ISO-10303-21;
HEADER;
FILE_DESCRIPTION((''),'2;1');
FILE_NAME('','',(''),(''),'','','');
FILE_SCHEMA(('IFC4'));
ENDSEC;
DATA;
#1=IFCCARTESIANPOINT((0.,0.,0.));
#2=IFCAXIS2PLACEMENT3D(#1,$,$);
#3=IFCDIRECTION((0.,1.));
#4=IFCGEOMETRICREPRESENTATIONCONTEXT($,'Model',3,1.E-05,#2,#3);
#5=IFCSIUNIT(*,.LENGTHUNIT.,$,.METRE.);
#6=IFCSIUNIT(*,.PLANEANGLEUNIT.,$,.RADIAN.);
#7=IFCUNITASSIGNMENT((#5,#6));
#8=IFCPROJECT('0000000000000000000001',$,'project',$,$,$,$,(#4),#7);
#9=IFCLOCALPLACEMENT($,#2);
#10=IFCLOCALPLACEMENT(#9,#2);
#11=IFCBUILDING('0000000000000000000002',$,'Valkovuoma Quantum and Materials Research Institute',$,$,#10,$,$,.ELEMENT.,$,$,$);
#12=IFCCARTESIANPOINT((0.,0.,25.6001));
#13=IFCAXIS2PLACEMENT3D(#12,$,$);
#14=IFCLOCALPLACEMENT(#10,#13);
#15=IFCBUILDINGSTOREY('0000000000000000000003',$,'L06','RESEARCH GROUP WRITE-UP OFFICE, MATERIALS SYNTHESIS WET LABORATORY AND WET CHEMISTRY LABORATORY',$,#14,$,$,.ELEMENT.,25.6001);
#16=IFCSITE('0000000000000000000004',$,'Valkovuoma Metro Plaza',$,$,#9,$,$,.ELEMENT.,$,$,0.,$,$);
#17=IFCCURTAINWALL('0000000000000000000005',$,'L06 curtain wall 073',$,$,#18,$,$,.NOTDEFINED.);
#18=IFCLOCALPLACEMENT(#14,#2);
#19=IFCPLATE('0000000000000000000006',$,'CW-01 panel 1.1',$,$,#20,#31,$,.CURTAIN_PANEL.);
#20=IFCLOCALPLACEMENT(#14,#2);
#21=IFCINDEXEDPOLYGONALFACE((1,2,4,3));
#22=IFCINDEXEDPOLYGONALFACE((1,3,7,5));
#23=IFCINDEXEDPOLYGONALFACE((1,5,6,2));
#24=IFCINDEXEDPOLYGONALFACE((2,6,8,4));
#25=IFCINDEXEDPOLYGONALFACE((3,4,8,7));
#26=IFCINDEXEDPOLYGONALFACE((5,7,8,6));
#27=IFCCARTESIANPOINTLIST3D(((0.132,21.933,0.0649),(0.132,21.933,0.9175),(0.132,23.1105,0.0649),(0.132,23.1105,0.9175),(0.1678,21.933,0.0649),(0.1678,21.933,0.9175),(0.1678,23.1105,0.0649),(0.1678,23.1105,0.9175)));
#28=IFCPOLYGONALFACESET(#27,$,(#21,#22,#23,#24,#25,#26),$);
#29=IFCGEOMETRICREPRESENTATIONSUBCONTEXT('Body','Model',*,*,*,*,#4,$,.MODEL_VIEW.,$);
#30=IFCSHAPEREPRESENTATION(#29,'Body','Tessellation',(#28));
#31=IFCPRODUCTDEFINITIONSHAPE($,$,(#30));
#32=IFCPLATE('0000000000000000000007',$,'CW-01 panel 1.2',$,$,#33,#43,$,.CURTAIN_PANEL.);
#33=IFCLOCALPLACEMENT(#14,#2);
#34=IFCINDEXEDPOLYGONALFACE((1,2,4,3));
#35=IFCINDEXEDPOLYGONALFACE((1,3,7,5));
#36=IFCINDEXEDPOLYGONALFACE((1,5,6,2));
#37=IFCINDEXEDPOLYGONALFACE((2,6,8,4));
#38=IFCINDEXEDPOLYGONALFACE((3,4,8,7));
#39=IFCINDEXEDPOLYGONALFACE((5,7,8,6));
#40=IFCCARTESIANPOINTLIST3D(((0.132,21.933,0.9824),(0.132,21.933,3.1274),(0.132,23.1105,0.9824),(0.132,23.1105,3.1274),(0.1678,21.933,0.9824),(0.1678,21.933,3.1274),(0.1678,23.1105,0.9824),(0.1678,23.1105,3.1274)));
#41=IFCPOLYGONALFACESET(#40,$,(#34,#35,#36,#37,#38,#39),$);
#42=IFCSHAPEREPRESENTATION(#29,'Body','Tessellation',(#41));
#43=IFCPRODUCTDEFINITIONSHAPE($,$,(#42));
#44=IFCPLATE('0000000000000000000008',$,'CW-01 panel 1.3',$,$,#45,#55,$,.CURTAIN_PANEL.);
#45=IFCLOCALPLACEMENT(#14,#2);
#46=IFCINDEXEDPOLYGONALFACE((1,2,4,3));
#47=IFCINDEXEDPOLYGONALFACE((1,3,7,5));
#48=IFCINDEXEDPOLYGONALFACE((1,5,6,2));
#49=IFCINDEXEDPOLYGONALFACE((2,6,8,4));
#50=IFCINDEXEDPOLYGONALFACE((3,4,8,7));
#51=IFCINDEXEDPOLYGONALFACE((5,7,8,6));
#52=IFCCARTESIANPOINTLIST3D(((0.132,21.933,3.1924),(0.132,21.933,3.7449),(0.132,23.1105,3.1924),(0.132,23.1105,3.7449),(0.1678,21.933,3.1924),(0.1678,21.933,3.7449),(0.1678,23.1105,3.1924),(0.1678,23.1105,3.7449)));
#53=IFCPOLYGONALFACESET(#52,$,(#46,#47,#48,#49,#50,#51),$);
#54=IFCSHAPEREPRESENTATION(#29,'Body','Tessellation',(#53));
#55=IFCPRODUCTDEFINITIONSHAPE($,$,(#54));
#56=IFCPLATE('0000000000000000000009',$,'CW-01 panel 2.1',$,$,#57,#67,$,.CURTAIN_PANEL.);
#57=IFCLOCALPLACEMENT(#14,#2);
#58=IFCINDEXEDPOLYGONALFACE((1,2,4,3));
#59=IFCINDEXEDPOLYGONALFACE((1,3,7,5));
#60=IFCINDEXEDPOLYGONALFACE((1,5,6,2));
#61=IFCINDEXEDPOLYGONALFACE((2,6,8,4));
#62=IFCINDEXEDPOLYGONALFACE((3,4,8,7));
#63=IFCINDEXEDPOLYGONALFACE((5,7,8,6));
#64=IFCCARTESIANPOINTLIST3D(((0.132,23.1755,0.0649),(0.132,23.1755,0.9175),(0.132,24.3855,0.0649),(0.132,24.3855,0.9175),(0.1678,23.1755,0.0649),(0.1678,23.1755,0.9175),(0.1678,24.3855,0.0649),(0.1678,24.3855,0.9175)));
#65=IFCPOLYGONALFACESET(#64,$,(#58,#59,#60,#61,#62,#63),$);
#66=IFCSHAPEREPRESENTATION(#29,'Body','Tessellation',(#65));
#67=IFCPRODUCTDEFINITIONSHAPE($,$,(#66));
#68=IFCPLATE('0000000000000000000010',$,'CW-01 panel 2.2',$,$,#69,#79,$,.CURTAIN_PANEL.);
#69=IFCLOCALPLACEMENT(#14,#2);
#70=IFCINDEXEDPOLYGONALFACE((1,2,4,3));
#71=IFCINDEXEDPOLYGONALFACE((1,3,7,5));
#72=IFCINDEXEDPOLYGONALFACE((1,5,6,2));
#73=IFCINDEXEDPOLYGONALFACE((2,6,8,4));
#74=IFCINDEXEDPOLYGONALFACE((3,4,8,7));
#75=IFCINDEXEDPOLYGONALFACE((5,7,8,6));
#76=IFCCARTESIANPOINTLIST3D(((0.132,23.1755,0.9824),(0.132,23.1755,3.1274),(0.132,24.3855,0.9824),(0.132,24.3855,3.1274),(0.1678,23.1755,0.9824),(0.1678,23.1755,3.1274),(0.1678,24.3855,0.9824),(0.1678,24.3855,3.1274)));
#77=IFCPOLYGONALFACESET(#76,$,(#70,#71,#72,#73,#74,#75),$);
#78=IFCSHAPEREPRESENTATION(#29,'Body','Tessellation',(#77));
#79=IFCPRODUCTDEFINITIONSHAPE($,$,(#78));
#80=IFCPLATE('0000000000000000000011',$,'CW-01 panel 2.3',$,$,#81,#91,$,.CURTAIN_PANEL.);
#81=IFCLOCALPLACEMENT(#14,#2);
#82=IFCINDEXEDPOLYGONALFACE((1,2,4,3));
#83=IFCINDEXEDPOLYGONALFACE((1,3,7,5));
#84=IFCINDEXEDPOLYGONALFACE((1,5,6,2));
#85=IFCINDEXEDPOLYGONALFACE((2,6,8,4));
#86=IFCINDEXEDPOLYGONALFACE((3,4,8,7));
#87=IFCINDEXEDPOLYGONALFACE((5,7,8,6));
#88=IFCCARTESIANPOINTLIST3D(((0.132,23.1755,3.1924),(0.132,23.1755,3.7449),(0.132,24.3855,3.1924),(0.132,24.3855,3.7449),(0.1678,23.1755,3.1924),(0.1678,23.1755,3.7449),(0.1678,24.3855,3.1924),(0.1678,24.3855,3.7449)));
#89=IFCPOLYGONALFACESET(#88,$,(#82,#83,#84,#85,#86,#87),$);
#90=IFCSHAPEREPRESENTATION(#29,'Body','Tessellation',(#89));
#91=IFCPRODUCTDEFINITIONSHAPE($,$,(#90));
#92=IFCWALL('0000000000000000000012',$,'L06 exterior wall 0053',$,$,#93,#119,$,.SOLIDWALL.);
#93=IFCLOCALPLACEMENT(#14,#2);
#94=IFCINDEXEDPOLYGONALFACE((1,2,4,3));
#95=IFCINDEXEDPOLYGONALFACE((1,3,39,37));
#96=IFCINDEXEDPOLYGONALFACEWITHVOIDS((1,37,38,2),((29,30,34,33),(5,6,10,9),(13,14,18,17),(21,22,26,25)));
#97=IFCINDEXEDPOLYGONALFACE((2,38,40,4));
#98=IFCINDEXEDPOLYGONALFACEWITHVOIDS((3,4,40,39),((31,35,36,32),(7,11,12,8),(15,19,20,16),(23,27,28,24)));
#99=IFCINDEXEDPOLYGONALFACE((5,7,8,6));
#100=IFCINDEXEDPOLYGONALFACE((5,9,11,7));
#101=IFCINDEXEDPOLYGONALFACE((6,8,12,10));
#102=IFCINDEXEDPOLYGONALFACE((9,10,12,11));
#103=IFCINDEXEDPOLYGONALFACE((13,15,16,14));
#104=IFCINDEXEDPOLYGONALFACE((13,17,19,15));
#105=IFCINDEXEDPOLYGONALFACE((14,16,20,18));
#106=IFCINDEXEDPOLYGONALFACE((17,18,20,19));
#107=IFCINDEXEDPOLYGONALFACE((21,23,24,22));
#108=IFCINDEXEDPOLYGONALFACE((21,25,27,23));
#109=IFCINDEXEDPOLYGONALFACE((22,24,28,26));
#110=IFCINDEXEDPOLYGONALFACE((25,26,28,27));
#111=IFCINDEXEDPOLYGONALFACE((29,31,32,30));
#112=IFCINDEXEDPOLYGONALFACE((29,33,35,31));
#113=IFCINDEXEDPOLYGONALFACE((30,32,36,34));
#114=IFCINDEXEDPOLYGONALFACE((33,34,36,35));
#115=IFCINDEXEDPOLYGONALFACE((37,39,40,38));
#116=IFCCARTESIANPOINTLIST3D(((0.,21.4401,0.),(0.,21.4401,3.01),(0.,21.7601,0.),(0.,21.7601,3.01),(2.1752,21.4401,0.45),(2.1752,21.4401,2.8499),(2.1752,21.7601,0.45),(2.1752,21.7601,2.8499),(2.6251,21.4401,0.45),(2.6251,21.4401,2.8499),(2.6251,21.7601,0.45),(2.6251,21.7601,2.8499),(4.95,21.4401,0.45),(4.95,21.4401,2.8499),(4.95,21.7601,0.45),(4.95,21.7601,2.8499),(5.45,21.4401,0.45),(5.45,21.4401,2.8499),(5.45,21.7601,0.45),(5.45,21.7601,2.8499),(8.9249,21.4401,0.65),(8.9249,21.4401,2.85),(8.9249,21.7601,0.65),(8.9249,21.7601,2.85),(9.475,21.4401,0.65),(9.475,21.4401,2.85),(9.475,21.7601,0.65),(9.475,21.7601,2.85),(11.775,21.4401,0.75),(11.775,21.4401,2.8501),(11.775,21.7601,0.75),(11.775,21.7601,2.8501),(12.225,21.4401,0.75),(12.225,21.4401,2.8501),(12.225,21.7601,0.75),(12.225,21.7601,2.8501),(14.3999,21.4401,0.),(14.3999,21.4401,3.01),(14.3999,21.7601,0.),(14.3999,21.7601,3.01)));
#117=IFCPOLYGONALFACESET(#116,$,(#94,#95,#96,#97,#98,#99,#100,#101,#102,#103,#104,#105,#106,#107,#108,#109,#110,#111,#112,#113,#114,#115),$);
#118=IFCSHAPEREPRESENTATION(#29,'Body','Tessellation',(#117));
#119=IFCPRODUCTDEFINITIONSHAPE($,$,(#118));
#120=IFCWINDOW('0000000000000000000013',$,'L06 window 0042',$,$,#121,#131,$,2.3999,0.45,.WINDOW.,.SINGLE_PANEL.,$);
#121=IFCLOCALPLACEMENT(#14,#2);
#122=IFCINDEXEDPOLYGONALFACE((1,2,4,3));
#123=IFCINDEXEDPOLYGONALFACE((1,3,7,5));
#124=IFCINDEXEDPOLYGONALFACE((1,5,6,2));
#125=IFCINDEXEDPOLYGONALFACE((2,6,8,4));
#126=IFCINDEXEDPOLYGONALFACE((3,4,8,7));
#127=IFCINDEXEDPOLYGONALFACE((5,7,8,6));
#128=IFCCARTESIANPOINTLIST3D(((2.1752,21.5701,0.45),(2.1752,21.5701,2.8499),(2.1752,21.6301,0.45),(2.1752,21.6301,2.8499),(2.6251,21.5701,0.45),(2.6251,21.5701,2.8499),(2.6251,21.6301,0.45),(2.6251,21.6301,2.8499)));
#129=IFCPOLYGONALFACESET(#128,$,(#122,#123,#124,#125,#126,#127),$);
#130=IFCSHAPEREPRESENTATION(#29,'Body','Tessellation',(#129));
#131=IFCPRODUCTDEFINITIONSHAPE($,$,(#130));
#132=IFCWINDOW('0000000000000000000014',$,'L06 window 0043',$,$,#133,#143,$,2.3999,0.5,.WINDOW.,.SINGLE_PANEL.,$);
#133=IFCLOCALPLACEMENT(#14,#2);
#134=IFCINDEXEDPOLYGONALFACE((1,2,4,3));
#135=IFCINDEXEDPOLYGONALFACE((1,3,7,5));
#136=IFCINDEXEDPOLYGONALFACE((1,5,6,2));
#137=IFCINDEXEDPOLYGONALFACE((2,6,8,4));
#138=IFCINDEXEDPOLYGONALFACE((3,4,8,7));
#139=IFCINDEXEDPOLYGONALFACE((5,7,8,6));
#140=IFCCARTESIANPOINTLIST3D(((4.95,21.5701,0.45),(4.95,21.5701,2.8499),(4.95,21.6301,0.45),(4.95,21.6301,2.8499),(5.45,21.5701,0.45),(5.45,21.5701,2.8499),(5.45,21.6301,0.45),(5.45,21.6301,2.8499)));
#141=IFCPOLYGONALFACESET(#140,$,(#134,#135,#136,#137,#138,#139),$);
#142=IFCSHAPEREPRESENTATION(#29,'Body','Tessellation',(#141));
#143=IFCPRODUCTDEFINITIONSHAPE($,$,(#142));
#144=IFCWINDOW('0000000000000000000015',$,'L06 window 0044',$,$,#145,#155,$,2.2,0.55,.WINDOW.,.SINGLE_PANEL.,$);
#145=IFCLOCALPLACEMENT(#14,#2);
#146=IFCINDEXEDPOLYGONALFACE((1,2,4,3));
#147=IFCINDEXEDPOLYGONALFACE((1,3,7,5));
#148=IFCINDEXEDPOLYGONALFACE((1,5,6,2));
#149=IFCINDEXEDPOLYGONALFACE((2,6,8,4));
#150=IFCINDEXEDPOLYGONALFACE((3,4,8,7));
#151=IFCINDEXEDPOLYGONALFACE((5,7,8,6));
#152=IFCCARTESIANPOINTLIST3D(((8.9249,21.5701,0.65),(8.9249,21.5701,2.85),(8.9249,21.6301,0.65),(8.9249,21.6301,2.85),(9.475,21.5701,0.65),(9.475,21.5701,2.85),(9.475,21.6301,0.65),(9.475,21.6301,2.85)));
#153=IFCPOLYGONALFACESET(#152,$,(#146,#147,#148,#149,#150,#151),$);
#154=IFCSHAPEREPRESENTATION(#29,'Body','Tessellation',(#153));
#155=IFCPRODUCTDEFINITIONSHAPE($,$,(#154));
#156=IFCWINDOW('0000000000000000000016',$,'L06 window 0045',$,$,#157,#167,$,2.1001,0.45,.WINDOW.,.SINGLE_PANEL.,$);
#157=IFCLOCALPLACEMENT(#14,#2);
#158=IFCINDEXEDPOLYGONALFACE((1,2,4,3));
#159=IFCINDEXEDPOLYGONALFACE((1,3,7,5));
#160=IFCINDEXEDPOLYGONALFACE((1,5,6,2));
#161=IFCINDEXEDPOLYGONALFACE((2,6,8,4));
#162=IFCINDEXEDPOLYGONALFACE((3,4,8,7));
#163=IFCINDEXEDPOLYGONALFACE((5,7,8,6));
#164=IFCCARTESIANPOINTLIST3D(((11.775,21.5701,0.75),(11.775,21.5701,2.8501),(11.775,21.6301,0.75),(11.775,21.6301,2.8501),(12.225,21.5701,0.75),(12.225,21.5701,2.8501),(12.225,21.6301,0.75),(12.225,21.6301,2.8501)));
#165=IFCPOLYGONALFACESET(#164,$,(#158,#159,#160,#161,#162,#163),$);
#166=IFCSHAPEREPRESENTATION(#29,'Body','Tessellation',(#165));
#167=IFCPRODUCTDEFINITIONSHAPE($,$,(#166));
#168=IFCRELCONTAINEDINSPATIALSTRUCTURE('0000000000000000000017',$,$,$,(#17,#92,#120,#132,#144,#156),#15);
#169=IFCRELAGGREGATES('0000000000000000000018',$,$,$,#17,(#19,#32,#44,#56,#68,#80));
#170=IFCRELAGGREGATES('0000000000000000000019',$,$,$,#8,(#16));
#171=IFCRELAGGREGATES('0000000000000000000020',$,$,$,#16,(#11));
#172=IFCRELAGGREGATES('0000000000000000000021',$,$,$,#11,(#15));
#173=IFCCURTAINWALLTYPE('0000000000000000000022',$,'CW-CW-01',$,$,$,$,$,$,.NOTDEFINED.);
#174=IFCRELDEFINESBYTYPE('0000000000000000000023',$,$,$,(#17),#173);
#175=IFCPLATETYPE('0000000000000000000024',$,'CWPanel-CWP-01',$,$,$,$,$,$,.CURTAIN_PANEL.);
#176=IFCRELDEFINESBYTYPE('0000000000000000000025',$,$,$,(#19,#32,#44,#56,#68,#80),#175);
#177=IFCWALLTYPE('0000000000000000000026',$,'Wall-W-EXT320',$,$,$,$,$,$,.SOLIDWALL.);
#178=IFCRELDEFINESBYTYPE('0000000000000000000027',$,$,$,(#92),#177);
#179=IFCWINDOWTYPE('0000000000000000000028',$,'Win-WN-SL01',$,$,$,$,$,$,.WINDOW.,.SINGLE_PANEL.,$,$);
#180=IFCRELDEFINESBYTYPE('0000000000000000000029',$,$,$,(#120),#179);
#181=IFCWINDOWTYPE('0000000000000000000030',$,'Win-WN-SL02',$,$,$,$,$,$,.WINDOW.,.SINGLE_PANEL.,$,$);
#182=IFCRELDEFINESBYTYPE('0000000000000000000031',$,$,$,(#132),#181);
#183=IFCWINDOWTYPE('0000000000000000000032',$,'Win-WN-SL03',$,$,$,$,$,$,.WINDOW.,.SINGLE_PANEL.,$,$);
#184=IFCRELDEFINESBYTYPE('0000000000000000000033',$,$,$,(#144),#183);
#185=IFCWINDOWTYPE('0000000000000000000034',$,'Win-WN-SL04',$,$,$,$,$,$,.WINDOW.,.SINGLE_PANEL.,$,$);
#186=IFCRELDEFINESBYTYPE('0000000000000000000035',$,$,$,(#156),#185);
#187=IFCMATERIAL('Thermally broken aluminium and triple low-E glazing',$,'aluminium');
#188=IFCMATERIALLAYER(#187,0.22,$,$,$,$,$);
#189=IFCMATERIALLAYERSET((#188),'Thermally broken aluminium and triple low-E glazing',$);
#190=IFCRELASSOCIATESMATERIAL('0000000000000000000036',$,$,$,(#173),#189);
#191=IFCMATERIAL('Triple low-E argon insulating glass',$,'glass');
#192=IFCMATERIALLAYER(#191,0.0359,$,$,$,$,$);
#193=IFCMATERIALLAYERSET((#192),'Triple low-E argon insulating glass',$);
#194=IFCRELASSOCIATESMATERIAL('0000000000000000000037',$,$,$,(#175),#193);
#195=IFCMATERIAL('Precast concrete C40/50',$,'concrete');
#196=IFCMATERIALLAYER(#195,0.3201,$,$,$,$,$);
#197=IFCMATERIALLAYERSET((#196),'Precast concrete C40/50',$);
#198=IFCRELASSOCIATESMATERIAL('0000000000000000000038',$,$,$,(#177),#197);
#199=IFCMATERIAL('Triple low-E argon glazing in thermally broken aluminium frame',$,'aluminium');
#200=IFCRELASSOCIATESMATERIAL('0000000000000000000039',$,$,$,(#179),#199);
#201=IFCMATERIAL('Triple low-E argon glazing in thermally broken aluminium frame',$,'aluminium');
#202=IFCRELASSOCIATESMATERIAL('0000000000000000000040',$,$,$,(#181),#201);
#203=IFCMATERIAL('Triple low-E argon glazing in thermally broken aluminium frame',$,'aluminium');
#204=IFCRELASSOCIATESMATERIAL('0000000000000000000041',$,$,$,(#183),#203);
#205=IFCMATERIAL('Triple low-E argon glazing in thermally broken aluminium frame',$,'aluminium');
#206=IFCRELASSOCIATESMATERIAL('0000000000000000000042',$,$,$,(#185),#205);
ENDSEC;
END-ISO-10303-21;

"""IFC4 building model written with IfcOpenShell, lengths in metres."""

from ifc_helpers import new_model, si_unit, direction, frame, frame_2d, origin, origin_2d, place, context, subcontext, project, spatial, rectangle, extrude, material, layer, layer_set, type_object, element, fill, aggregate, save


model = new_model("IFC4")

# Units and contexts
model_context = context("Model", 3, precision=1e-05, world=origin(), true_north=direction((0.0, 1.0)))
body_context = subcontext(model_context, "Body", "Model", "MODEL_VIEW")
ifc_project = project(units=[si_unit("LENGTHUNIT", "METRE"), si_unit("PLANEANGLEUNIT", "RADIAN")], contexts=[model_context])

# Site, building, storey
site_placement = place(None, origin())
site = spatial("IfcSite", under=ifc_project, at=site_placement, Name="Valkovuoma Metro Plaza", CompositionType="ELEMENT", RefElevation=0.0)
building_placement = place(site_placement, origin())
building = spatial("IfcBuilding", under=site, at=building_placement, Name="Valkovuoma Quantum and Materials Research Institute", CompositionType="ELEMENT")
storey_placement = place(building_placement, frame((0.0, 0.0, 25.6001)))
storey = spatial("IfcBuildingStorey", under=building, at=storey_placement, Name="L06", Description="RESEARCH GROUP WRITE-UP OFFICE, MATERIALS SYNTHESIS WET LABORATORY AND WET CHEMISTRY LABORATORY", CompositionType="ELEMENT", Elevation=25.6001)

# Curtain wall
ifc_material_1 = material(Name="Thermally broken aluminium and triple low-E glazing", Category="aluminium")
ifc_layer_1 = layer(ifc_material_1, 0.22)
ifc_layer_set_1 = layer_set([ifc_layer_1], Name="Thermally broken aluminium and triple low-E glazing")
curtain_wall_type = type_object("IfcCurtainWallType", Name="CW-CW-01", PredefinedType="NOTDEFINED", material=ifc_layer_set_1)
curtain_wall_placement = place(storey_placement, origin())
curtain_wall = element("IfcCurtainWall", 1, at=curtain_wall_placement, inside=storey, type_object=curtain_wall_type, Name="L06 curtain wall 073", PredefinedType="NOTDEFINED")

# Plates
ifc_material_2 = material(Name="Triple low-E argon insulating glass", Category="glass")
ifc_layer_2 = layer(ifc_material_2, 0.0359)
ifc_layer_set_2 = layer_set([ifc_layer_2], Name="Triple low-E argon insulating glass")
plate_type = type_object("IfcPlateType", Name="CWPanel-CWP-01", PredefinedType="CURTAIN_PANEL", material=ifc_layer_set_2)
plate_1_placement = place(storey_placement, frame((0.1499, 22.5217, 0.0649), z_axis=(0.0, 0.0, 1.0), x_axis=(0.0, 1.0, 0.0)))
plate_1 = element("IfcPlate", 2, at=plate_1_placement, type_object=plate_type, Name="CW-01 panel 1.1", PredefinedType="CURTAIN_PANEL", context=body_context, shape_type="SweptSolid", body=[
    extrude(rectangle(XDim=1.1775, YDim=0.0359, at=origin_2d()), origin(), (0.0, 0.0, 1.0), 0.8525),
])
plate_2_placement = place(storey_placement, frame((0.1499, 22.5217, 0.9824), z_axis=(0.0, 0.0, 1.0), x_axis=(0.0, 1.0, 0.0)))
plate_2 = element("IfcPlate", 3, at=plate_2_placement, type_object=plate_type, Name="CW-01 panel 1.2", PredefinedType="CURTAIN_PANEL", context=body_context, shape_type="SweptSolid", body=[
    extrude(rectangle(XDim=1.1775, YDim=0.0359, at=origin_2d()), origin(), (0.0, 0.0, 1.0), 2.145),
])
plate_3_placement = place(storey_placement, frame((0.1499, 22.5217, 3.1924), z_axis=(0.0, 0.0, 1.0), x_axis=(0.0, 1.0, 0.0)))
plate_3 = element("IfcPlate", 4, at=plate_3_placement, type_object=plate_type, Name="CW-01 panel 1.3", PredefinedType="CURTAIN_PANEL", context=body_context, shape_type="SweptSolid", body=[
    extrude(rectangle(XDim=1.1775, YDim=0.0359, at=origin_2d()), origin(), (0.0, 0.0, 1.0), 0.5525),
])
plate_4_placement = place(storey_placement, frame((0.1499, 23.7805, 0.0649), z_axis=(0.0, 0.0, 1.0), x_axis=(0.0, 1.0, 0.0)))
plate_4 = element("IfcPlate", 5, at=plate_4_placement, type_object=plate_type, Name="CW-01 panel 2.1", PredefinedType="CURTAIN_PANEL", context=body_context, shape_type="SweptSolid", body=[
    extrude(rectangle(XDim=1.21, YDim=0.0359, at=origin_2d()), origin(), (0.0, 0.0, 1.0), 0.8525),
])
plate_5_placement = place(storey_placement, frame((0.1499, 23.7805, 0.9824), z_axis=(0.0, 0.0, 1.0), x_axis=(0.0, 1.0, 0.0)))
plate_5 = element("IfcPlate", 6, at=plate_5_placement, type_object=plate_type, Name="CW-01 panel 2.2", PredefinedType="CURTAIN_PANEL", context=body_context, shape_type="SweptSolid", body=[
    extrude(rectangle(XDim=1.21, YDim=0.0359, at=origin_2d()), origin(), (0.0, 0.0, 1.0), 2.145),
])
plate_6_placement = place(storey_placement, frame((0.1499, 23.7805, 3.1924), z_axis=(0.0, 0.0, 1.0), x_axis=(0.0, 1.0, 0.0)))
plate_6 = element("IfcPlate", 7, at=plate_6_placement, type_object=plate_type, Name="CW-01 panel 2.3", PredefinedType="CURTAIN_PANEL", context=body_context, shape_type="SweptSolid", body=[
    extrude(rectangle(XDim=1.21, YDim=0.0359, at=origin_2d()), origin(), (0.0, 0.0, 1.0), 0.5525),
])
aggregate(curtain_wall, [plate_1, plate_2, plate_3, plate_4, plate_5, plate_6])

# Wall, openings, windows
ifc_material_3 = material(Name="Precast concrete C40/50", Category="concrete")
ifc_layer_3 = layer(ifc_material_3, 0.3201)
ifc_layer_set_3 = layer_set([ifc_layer_3], Name="Precast concrete C40/50")
wall_type = type_object("IfcWallType", Name="Wall-W-EXT320", PredefinedType="SOLIDWALL", material=ifc_layer_set_3)
wall_placement = place(storey_placement, frame((0.0, 21.6001, 0.0), z_axis=(0.0, 0.0, 1.0), x_axis=(1.0, 0.0, 0.0)))
wall = element("IfcWall", 8, at=wall_placement, inside=storey, type_object=wall_type, Name="L06 exterior wall 0053", PredefinedType="SOLIDWALL", context=body_context, shape_type="SweptSolid", body=[
    extrude(rectangle(XDim=14.3999, YDim=0.3201, at=frame_2d((7.2, 0.0))), origin(), (0.0, 0.0, 1.0), 3.01),
])
opening_1_placement = place(wall_placement, frame((2.175, 0.0, 0.45)))
opening_1 = element("IfcOpeningElement", 9, at=opening_1_placement, cuts=wall, PredefinedType="OPENING", context=body_context, shape_type="SweptSolid", body=[
    extrude(rectangle(XDim=0.45, YDim=2.3999, at=frame_2d((0.2251, 1.2))), frame((0.0, 0.1699, 0.0), z_axis=(0.0, -1.0, 0.0), x_axis=(1.0, 0.0, 0.0)), (0.0, 0.0, 1.0), 0.3401),
])
opening_2_placement = place(wall_placement, frame((4.95, 0.0, 0.45)))
opening_2 = element("IfcOpeningElement", 10, at=opening_2_placement, cuts=wall, PredefinedType="OPENING", context=body_context, shape_type="SweptSolid", body=[
    extrude(rectangle(XDim=0.5, YDim=2.3999, at=frame_2d((0.25, 1.2))), frame((0.0, 0.1699, 0.0), z_axis=(0.0, -1.0, 0.0), x_axis=(1.0, 0.0, 0.0)), (0.0, 0.0, 1.0), 0.3401),
])
opening_3_placement = place(wall_placement, frame((8.925, 0.0, 0.6499)))
opening_3 = element("IfcOpeningElement", 11, at=opening_3_placement, cuts=wall, PredefinedType="OPENING", context=body_context, shape_type="SweptSolid", body=[
    extrude(rectangle(XDim=0.55, YDim=2.2, at=frame_2d((0.2749, 1.1001))), frame((0.0, 0.1699, 0.0), z_axis=(0.0, -1.0, 0.0), x_axis=(1.0, 0.0, 0.0)), (0.0, 0.0, 1.0), 0.3401),
])
opening_4_placement = place(wall_placement, frame((11.7749, 0.0, 0.75)))
opening_4 = element("IfcOpeningElement", 12, at=opening_4_placement, cuts=wall, PredefinedType="OPENING", context=body_context, shape_type="SweptSolid", body=[
    extrude(rectangle(XDim=0.45, YDim=2.1001, at=frame_2d((0.2251, 1.05))), frame((0.0, 0.1699, 0.0), z_axis=(0.0, -1.0, 0.0), x_axis=(1.0, 0.0, 0.0)), (0.0, 0.0, 1.0), 0.3401),
])
ifc_material_4 = material(Name="Triple low-E argon glazing in thermally broken aluminium frame", Category="aluminium")
window_type_1 = type_object("IfcWindowType", Name="Win-WN-SL01", PartitioningType="SINGLE_PANEL", PredefinedType="WINDOW", material=ifc_material_4)
window_1_placement = place(opening_1_placement, origin())
window_1 = element("IfcWindow", 13, at=window_1_placement, inside=storey, type_object=window_type_1, Name="L06 window 0042", OverallHeight=2.3999, OverallWidth=0.45, PartitioningType="SINGLE_PANEL", PredefinedType="WINDOW", context=body_context, shape_type="SweptSolid", body=[
    extrude(rectangle(XDim=0.45, YDim=2.3999, at=frame_2d((0.2251, 1.2))), frame((0.0, 0.03, 0.0), z_axis=(0.0, -1.0, 0.0), x_axis=(1.0, 0.0, 0.0)), (0.0, 0.0, 1.0), 0.0601),
])
fill(opening_1, window_1)
ifc_material_5 = material(Name="Triple low-E argon glazing in thermally broken aluminium frame", Category="aluminium")
window_type_2 = type_object("IfcWindowType", Name="Win-WN-SL02", PartitioningType="SINGLE_PANEL", PredefinedType="WINDOW", material=ifc_material_5)
window_2_placement = place(opening_2_placement, origin())
window_2 = element("IfcWindow", 14, at=window_2_placement, inside=storey, type_object=window_type_2, Name="L06 window 0043", OverallHeight=2.3999, OverallWidth=0.5, PartitioningType="SINGLE_PANEL", PredefinedType="WINDOW", context=body_context, shape_type="SweptSolid", body=[
    extrude(rectangle(XDim=0.5, YDim=2.3999, at=frame_2d((0.25, 1.2))), frame((0.0, 0.03, 0.0), z_axis=(0.0, -1.0, 0.0), x_axis=(1.0, 0.0, 0.0)), (0.0, 0.0, 1.0), 0.0601),
])
fill(opening_2, window_2)
ifc_material_6 = material(Name="Triple low-E argon glazing in thermally broken aluminium frame", Category="aluminium")
window_type_3 = type_object("IfcWindowType", Name="Win-WN-SL03", PartitioningType="SINGLE_PANEL", PredefinedType="WINDOW", material=ifc_material_6)
window_3_placement = place(opening_3_placement, origin())
window_3 = element("IfcWindow", 15, at=window_3_placement, inside=storey, type_object=window_type_3, Name="L06 window 0044", OverallHeight=2.2, OverallWidth=0.55, PartitioningType="SINGLE_PANEL", PredefinedType="WINDOW", context=body_context, shape_type="SweptSolid", body=[
    extrude(rectangle(XDim=0.55, YDim=2.2, at=frame_2d((0.2749, 1.1001))), frame((0.0, 0.03, 0.0), z_axis=(0.0, -1.0, 0.0), x_axis=(1.0, 0.0, 0.0)), (0.0, 0.0, 1.0), 0.0601),
])
fill(opening_3, window_3)
ifc_material_7 = material(Name="Triple low-E argon glazing in thermally broken aluminium frame", Category="aluminium")
window_type_4 = type_object("IfcWindowType", Name="Win-WN-SL04", PartitioningType="SINGLE_PANEL", PredefinedType="WINDOW", material=ifc_material_7)
window_4_placement = place(opening_4_placement, origin())
window_4 = element("IfcWindow", 16, at=window_4_placement, inside=storey, type_object=window_type_4, Name="L06 window 0045", OverallHeight=2.1001, OverallWidth=0.45, PartitioningType="SINGLE_PANEL", PredefinedType="WINDOW", context=body_context, shape_type="SweptSolid", body=[
    extrude(rectangle(XDim=0.45, YDim=2.1001, at=frame_2d((0.2251, 1.05))), frame((0.0, 0.03, 0.0), z_axis=(0.0, -1.0, 0.0), x_axis=(1.0, 0.0, 0.0)), (0.0, 0.0, 1.0), 0.0601),
])
fill(opening_4, window_4)

save(model, "model.ifc")
